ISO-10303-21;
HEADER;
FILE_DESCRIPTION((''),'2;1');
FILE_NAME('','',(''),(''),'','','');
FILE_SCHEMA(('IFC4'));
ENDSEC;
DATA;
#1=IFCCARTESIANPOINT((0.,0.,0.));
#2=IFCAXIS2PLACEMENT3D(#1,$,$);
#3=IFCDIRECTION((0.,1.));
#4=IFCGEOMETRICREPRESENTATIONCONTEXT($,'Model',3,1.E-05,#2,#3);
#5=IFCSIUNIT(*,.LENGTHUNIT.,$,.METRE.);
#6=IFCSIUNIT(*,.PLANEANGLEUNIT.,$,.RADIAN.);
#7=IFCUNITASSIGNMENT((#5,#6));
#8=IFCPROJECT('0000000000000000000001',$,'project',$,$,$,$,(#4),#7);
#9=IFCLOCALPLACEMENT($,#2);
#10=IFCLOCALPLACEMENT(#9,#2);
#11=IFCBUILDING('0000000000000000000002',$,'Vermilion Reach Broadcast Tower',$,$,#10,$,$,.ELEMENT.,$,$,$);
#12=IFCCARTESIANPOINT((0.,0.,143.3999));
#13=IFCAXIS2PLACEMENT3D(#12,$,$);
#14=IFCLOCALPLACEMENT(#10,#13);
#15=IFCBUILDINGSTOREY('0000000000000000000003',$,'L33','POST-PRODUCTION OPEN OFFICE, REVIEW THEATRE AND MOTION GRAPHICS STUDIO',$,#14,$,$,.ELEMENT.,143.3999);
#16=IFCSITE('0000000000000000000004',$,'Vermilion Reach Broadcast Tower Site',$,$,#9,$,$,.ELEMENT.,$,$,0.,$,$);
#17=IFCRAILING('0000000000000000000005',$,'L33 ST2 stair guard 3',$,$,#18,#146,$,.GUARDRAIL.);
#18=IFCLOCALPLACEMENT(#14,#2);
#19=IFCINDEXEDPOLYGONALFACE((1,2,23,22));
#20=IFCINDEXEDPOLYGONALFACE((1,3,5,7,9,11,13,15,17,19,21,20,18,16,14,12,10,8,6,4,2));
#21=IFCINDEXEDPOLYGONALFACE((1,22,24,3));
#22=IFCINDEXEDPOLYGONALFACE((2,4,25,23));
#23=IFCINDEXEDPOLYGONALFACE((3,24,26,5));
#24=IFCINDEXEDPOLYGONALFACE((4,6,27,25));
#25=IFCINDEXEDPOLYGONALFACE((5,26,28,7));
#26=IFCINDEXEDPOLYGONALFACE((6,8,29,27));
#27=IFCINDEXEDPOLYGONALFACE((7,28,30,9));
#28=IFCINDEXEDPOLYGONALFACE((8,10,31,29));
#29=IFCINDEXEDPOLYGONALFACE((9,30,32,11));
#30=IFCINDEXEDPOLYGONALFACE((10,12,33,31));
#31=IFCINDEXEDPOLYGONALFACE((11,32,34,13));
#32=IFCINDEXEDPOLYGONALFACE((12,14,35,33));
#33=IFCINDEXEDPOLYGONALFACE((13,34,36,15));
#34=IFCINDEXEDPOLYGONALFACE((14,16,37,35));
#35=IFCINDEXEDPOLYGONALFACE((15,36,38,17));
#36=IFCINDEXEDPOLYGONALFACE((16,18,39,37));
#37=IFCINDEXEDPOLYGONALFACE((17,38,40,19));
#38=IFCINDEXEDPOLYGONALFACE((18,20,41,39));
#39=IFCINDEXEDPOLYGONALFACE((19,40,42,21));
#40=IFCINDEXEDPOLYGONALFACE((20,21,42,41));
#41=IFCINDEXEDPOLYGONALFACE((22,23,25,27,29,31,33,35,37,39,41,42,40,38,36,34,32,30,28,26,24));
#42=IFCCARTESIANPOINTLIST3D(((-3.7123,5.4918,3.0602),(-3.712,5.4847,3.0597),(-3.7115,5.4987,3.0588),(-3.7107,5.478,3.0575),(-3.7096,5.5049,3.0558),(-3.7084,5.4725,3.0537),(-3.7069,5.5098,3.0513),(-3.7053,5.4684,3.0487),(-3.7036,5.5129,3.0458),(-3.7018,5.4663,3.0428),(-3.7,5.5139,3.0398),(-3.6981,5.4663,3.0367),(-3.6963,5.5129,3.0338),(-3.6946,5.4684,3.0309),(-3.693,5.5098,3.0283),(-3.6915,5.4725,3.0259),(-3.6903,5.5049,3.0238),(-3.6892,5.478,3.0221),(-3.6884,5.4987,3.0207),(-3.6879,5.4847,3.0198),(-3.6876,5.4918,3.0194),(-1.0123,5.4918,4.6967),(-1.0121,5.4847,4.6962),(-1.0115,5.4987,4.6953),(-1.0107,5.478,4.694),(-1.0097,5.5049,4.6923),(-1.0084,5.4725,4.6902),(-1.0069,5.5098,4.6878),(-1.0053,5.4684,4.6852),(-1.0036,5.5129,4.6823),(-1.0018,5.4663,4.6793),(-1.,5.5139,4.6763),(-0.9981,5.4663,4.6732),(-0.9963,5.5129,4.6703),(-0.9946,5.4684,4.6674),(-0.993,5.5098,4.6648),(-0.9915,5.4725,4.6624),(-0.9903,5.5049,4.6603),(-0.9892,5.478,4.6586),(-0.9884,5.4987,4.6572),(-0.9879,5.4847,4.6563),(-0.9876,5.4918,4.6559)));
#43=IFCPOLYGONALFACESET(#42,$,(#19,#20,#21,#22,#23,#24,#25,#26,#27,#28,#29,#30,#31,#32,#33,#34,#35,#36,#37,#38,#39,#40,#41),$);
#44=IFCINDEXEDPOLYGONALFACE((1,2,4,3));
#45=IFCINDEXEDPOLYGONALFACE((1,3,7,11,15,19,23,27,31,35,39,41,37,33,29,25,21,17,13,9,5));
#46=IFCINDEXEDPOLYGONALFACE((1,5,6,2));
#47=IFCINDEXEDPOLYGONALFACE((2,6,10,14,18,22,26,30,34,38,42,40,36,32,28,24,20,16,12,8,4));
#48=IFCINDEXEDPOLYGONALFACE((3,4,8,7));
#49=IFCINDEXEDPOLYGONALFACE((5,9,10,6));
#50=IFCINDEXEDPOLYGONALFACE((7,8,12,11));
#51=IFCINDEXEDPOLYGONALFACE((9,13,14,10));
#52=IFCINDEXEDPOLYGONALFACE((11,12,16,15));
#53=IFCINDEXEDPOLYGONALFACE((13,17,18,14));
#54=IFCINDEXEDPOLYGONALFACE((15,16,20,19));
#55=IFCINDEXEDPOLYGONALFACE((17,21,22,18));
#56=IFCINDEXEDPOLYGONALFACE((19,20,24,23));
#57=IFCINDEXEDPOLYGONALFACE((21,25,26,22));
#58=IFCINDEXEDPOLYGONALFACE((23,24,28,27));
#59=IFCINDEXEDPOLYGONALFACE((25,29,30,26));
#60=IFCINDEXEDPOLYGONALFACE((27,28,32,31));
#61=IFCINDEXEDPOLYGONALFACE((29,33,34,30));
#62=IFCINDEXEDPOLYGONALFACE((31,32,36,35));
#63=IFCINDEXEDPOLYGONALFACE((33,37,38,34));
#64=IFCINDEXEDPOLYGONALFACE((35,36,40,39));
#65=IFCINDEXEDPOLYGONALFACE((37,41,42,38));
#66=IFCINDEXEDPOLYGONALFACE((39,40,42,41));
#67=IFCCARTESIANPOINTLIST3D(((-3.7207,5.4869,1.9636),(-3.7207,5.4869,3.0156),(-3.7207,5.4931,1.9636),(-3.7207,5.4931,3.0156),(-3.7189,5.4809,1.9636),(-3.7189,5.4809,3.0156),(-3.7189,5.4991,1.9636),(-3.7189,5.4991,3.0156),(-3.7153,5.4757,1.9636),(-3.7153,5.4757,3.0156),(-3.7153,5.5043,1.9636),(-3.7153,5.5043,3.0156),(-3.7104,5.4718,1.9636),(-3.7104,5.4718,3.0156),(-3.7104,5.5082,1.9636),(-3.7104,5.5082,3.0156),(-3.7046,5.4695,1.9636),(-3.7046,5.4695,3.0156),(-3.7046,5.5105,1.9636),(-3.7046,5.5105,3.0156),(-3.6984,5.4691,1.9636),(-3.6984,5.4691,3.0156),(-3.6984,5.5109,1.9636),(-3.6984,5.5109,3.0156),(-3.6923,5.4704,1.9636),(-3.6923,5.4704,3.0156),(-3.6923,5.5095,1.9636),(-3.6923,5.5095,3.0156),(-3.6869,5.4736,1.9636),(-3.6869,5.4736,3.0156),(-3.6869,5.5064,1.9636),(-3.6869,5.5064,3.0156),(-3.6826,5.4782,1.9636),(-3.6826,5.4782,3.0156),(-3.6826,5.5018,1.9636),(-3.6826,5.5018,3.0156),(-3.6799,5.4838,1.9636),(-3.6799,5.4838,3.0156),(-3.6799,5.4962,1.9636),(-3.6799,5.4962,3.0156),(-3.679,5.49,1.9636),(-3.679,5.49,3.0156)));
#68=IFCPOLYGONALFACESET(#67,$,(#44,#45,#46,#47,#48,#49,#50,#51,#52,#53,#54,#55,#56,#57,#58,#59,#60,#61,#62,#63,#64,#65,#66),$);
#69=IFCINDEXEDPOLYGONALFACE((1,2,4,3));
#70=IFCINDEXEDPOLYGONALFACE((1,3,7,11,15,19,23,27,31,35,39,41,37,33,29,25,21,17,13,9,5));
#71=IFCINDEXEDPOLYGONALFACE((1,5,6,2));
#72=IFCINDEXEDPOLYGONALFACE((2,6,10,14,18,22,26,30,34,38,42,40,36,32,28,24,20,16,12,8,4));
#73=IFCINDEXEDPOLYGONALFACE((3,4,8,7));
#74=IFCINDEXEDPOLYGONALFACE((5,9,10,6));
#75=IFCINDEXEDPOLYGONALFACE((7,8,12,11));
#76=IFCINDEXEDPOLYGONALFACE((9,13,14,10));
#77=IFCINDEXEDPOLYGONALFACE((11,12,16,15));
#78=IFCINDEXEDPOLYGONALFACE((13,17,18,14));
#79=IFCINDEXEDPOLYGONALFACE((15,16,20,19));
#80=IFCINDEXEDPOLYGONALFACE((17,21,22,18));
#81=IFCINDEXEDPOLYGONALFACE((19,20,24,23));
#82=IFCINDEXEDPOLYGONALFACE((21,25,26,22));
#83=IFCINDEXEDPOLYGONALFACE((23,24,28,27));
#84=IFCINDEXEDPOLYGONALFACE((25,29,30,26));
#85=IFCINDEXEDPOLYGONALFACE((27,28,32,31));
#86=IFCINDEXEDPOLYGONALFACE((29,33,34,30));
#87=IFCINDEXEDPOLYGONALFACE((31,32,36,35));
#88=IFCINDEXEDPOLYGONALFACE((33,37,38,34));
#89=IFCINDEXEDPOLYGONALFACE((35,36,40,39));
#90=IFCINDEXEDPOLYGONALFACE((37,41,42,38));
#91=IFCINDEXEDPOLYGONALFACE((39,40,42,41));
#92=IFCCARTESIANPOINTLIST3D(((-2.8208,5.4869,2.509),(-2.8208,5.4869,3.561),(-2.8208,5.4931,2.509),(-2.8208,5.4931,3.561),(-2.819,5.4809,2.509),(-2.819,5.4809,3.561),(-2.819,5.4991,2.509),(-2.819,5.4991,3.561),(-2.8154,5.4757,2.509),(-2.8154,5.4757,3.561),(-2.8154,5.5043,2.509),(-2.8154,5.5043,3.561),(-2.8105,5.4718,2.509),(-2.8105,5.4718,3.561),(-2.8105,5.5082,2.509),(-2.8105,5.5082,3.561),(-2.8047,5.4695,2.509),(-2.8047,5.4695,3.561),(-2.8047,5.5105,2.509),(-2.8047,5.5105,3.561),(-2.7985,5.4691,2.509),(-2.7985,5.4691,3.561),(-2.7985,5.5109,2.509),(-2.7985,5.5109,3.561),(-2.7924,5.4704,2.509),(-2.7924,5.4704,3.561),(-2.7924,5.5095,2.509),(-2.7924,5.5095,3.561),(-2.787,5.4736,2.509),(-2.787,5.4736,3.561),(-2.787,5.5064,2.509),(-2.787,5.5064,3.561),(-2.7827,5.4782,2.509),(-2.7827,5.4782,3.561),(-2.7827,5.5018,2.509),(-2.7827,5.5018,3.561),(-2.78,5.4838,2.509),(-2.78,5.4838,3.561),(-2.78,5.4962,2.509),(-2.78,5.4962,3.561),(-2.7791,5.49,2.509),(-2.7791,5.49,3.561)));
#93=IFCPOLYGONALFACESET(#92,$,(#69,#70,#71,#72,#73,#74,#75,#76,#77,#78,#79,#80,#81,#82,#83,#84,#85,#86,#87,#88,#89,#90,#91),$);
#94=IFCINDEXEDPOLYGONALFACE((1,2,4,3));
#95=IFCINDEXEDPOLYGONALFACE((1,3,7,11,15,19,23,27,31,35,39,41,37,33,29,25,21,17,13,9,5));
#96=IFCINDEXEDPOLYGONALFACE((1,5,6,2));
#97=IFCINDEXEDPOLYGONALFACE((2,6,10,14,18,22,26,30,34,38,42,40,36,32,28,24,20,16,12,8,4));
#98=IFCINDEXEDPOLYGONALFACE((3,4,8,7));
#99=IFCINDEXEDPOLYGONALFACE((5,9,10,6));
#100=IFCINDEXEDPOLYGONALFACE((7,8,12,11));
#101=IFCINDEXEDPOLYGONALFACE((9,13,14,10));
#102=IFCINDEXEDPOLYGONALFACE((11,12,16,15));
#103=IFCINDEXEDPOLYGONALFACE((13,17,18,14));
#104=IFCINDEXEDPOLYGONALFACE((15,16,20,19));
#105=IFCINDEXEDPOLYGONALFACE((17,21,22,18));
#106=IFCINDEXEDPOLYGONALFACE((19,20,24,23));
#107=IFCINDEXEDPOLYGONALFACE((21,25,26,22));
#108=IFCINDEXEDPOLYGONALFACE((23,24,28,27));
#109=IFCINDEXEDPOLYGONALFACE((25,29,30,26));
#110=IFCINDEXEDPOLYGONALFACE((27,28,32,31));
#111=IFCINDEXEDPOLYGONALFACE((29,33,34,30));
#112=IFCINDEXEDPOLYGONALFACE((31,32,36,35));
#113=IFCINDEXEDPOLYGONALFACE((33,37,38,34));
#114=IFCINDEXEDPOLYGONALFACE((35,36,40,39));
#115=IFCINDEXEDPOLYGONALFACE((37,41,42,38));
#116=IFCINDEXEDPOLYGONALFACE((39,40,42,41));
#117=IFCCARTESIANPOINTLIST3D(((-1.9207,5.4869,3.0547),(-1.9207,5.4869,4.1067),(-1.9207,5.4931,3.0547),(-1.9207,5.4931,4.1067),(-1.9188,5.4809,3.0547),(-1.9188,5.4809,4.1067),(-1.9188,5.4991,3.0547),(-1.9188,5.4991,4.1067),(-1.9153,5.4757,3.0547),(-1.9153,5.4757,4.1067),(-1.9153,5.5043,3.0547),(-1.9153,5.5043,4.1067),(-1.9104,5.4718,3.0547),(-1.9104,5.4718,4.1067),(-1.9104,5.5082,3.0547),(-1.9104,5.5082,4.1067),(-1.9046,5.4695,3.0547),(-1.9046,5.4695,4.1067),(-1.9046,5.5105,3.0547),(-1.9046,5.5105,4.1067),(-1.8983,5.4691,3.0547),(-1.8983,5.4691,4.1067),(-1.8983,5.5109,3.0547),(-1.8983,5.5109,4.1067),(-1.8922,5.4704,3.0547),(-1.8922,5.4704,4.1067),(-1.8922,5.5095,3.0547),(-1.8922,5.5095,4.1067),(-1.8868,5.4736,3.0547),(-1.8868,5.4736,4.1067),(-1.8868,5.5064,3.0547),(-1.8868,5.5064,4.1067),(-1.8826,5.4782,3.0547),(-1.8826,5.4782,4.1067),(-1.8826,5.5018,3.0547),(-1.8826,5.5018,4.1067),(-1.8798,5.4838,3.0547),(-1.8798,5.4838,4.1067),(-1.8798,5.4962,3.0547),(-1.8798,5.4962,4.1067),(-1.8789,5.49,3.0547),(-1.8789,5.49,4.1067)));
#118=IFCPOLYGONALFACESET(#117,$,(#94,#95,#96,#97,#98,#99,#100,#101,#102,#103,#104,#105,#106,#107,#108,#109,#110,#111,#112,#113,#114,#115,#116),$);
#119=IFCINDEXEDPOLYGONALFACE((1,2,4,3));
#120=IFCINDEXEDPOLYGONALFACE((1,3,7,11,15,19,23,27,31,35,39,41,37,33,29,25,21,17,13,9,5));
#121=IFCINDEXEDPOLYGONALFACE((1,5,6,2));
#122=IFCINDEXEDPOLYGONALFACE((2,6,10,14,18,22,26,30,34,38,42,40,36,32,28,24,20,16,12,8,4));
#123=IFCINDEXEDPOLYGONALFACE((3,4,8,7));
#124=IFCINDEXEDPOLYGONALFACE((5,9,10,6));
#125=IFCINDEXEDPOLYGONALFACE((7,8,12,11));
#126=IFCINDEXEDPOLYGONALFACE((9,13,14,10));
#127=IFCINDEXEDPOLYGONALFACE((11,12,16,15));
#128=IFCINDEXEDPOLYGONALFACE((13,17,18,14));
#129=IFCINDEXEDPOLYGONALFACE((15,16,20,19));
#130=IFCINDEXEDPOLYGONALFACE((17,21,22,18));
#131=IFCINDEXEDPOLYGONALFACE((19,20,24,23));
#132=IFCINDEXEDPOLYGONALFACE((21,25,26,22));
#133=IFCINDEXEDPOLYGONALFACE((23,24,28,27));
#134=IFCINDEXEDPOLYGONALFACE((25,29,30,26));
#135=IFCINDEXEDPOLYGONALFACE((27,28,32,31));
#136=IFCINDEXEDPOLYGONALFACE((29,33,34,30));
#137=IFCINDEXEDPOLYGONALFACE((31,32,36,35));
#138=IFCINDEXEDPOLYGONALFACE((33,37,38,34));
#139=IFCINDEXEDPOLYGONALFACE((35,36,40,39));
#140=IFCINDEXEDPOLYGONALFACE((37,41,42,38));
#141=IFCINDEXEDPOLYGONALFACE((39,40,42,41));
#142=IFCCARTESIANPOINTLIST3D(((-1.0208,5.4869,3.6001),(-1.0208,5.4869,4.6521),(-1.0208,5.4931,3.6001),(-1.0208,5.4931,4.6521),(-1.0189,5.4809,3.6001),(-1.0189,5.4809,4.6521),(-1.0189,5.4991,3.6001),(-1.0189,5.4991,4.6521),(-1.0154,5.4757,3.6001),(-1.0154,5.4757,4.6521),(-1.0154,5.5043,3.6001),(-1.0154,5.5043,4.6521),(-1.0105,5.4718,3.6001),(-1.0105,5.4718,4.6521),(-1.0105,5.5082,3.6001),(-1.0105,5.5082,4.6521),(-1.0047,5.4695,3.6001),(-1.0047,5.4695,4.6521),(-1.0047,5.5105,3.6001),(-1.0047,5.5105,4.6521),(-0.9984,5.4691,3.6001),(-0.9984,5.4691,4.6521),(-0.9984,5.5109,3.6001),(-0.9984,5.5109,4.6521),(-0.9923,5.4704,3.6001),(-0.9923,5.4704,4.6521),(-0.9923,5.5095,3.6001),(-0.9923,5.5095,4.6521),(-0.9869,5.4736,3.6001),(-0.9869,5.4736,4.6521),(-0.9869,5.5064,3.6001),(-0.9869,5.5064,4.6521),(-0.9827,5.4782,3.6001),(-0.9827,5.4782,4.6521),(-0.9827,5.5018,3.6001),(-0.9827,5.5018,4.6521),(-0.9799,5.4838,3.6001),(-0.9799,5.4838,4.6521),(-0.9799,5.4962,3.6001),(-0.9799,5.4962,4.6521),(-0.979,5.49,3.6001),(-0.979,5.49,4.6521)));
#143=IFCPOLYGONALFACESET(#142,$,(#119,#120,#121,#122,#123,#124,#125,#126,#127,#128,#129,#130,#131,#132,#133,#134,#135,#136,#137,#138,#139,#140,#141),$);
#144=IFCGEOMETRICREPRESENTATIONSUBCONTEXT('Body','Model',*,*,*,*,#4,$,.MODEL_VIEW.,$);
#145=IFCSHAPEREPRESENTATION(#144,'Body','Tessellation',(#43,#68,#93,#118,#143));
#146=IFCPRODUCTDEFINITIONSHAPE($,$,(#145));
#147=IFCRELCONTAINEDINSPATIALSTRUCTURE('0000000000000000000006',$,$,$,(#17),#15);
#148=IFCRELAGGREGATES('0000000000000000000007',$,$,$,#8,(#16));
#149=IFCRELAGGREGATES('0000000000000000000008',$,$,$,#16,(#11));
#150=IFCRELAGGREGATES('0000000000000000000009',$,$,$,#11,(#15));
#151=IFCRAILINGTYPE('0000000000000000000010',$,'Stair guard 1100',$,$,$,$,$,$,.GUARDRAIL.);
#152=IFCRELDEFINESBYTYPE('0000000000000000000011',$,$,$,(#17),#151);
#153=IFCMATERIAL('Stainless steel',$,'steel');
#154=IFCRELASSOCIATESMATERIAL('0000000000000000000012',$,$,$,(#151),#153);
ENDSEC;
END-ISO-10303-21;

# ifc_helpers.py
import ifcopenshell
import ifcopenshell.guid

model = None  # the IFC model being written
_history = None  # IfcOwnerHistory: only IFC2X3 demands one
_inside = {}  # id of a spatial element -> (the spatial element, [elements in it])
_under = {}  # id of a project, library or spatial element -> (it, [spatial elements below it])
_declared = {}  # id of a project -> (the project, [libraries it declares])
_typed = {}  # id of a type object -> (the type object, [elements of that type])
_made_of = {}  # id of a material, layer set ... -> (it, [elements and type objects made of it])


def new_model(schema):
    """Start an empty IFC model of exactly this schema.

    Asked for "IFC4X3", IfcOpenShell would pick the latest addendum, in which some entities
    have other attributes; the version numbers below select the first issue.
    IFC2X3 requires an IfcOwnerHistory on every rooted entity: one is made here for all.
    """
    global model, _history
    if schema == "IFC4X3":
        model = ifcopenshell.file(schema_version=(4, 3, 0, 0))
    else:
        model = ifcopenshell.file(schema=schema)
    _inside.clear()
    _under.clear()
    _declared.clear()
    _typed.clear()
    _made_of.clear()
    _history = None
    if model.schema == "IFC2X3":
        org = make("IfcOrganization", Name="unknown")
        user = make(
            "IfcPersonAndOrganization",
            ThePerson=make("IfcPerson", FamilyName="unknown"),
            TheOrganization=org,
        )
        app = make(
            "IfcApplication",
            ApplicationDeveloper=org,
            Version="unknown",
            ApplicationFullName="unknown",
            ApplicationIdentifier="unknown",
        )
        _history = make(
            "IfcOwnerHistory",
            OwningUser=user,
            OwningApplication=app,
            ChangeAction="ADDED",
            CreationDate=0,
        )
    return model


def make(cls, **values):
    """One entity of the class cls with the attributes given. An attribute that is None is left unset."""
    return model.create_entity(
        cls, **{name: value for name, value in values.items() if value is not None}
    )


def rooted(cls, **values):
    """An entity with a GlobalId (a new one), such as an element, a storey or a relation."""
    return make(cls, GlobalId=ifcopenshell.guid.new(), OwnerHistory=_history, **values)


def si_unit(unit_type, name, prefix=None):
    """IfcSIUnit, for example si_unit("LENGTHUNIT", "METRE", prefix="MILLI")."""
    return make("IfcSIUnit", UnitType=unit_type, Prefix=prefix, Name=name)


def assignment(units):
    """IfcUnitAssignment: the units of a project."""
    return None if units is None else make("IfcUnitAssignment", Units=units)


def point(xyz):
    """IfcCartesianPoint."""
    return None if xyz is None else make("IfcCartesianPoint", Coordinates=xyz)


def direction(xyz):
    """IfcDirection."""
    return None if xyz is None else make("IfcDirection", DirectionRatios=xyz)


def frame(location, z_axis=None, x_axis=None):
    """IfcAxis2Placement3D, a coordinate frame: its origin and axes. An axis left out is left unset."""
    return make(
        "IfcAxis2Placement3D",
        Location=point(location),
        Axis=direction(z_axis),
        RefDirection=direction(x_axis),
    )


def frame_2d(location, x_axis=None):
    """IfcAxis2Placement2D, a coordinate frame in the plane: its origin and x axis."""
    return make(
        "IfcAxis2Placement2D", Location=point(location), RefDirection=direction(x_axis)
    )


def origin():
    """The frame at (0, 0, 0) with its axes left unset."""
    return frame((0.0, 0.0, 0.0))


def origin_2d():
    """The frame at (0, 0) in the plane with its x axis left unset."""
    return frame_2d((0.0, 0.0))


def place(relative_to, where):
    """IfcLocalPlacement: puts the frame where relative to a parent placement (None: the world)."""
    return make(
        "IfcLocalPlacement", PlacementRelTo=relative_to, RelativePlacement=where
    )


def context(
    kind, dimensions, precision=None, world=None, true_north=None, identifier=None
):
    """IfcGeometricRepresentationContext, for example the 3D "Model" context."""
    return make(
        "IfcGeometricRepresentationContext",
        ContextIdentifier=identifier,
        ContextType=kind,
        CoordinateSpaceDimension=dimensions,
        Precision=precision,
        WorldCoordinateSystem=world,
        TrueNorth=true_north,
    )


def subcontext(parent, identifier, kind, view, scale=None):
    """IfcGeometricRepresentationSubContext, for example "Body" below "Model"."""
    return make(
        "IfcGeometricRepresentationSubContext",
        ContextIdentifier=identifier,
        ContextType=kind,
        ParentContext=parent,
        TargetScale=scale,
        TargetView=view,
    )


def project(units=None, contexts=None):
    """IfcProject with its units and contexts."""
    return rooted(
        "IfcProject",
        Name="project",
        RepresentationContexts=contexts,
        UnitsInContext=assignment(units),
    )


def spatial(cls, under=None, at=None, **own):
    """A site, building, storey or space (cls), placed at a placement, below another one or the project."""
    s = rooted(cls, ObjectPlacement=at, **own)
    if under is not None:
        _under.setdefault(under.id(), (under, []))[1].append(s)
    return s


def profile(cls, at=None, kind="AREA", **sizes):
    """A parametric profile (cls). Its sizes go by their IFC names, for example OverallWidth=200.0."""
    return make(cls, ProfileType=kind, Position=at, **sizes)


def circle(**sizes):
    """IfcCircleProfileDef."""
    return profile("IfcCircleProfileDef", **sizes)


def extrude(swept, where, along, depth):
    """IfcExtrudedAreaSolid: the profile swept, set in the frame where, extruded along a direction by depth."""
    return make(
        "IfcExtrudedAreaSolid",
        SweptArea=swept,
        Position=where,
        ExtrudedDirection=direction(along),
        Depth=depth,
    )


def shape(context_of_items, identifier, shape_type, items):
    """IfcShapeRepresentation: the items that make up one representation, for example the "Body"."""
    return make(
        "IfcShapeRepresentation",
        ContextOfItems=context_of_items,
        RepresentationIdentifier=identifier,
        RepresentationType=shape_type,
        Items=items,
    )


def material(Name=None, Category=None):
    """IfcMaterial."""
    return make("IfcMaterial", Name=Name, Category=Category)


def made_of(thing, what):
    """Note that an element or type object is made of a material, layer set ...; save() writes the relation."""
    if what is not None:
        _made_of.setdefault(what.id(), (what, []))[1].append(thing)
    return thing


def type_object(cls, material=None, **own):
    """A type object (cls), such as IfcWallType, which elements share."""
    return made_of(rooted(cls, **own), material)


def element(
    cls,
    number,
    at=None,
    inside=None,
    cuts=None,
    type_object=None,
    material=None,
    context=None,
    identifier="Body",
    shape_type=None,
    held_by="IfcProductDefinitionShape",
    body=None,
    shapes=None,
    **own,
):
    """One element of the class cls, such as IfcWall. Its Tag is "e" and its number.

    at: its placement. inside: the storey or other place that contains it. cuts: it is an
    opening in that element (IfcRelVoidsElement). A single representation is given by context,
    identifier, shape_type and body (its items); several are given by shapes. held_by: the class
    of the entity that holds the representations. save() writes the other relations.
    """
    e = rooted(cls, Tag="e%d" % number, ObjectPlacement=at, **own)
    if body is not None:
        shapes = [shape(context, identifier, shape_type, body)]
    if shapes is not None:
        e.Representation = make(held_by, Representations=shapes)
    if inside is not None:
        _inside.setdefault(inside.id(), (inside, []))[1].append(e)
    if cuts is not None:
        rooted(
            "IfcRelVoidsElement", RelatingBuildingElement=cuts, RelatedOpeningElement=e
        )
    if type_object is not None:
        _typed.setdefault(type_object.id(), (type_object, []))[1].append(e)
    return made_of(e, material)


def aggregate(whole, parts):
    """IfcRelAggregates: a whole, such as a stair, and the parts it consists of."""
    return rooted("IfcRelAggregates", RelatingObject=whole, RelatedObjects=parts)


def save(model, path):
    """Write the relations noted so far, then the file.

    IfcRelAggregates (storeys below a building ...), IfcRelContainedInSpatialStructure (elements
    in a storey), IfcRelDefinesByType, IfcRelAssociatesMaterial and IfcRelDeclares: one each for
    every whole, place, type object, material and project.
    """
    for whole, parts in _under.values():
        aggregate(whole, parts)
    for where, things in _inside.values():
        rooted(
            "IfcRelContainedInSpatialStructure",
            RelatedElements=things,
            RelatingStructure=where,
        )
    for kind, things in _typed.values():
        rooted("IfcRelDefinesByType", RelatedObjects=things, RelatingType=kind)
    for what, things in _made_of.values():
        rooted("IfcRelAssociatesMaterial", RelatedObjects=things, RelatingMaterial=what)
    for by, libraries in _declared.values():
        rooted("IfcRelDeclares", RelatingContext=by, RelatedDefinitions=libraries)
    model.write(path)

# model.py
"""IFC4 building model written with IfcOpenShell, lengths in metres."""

from ifc_helpers import new_model, si_unit, direction, frame, origin, origin_2d, place, context, subcontext, project, spatial, circle, extrude, material, type_object, element, save


model = new_model("IFC4")

# Units and contexts
model_context = context("Model", 3, precision=1e-05, world=origin(), true_north=direction((0.0, 1.0)))
body_context = subcontext(model_context, "Body", "Model", "MODEL_VIEW")
ifc_project = project(units=[si_unit("LENGTHUNIT", "METRE"), si_unit("PLANEANGLEUNIT", "RADIAN")], contexts=[model_context])

# Site, building, storey
site_placement = place(None, origin())
site = spatial("IfcSite", under=ifc_project, at=site_placement, Name="Vermilion Reach Broadcast Tower Site", CompositionType="ELEMENT", RefElevation=0.0)
building_placement = place(site_placement, origin())
building = spatial("IfcBuilding", under=site, at=building_placement, Name="Vermilion Reach Broadcast Tower", CompositionType="ELEMENT")
storey_placement = place(building_placement, frame((0.0, 0.0, 143.3999)))
storey = spatial("IfcBuildingStorey", under=building, at=storey_placement, Name="L33", Description="POST-PRODUCTION OPEN OFFICE, REVIEW THEATRE AND MOTION GRAPHICS STUDIO", CompositionType="ELEMENT", Elevation=143.3999)

# Railing
ifc_material_1 = material(Name="Stainless steel", Category="steel")
railing_type_1 = type_object("IfcRailingType", Name="Stair guard 1100", PredefinedType="GUARDRAIL", material=ifc_material_1)
railing_1_placement = place(storey_placement, frame((-3.7, 5.49, 1.9636)))
element("IfcRailing", 1, at=railing_1_placement, inside=storey, type_object=railing_type_1, Name="L33 ST2 stair guard 3", PredefinedType="GUARDRAIL", context=body_context, shape_type="SweptSolid", body=[
    extrude(circle(Radius=0.0239, at=origin_2d()), frame((0.0, 0.0, 1.0762), z_axis=(0.855178, 0.0, 0.518334), x_axis=(0.0, 1.0, 0.0)), (0.0, 0.0, 1.0), 3.1572),
    extrude(circle(Radius=0.021, at=origin_2d()), origin(), (0.0, 0.0, 1.0), 1.052),
    extrude(circle(Radius=0.021, at=origin_2d()), frame((0.8999, 0.0, 0.5454)), (0.0, 0.0, 1.0), 1.052),
    extrude(circle(Radius=0.021, at=origin_2d()), frame((1.8, 0.0, 1.0911)), (0.0, 0.0, 1.0), 1.052),
    extrude(circle(Radius=0.021, at=origin_2d()), frame((2.7, 0.0, 1.6365)), (0.0, 0.0, 1.0), 1.052),
])

save(model, "model.ifc")
